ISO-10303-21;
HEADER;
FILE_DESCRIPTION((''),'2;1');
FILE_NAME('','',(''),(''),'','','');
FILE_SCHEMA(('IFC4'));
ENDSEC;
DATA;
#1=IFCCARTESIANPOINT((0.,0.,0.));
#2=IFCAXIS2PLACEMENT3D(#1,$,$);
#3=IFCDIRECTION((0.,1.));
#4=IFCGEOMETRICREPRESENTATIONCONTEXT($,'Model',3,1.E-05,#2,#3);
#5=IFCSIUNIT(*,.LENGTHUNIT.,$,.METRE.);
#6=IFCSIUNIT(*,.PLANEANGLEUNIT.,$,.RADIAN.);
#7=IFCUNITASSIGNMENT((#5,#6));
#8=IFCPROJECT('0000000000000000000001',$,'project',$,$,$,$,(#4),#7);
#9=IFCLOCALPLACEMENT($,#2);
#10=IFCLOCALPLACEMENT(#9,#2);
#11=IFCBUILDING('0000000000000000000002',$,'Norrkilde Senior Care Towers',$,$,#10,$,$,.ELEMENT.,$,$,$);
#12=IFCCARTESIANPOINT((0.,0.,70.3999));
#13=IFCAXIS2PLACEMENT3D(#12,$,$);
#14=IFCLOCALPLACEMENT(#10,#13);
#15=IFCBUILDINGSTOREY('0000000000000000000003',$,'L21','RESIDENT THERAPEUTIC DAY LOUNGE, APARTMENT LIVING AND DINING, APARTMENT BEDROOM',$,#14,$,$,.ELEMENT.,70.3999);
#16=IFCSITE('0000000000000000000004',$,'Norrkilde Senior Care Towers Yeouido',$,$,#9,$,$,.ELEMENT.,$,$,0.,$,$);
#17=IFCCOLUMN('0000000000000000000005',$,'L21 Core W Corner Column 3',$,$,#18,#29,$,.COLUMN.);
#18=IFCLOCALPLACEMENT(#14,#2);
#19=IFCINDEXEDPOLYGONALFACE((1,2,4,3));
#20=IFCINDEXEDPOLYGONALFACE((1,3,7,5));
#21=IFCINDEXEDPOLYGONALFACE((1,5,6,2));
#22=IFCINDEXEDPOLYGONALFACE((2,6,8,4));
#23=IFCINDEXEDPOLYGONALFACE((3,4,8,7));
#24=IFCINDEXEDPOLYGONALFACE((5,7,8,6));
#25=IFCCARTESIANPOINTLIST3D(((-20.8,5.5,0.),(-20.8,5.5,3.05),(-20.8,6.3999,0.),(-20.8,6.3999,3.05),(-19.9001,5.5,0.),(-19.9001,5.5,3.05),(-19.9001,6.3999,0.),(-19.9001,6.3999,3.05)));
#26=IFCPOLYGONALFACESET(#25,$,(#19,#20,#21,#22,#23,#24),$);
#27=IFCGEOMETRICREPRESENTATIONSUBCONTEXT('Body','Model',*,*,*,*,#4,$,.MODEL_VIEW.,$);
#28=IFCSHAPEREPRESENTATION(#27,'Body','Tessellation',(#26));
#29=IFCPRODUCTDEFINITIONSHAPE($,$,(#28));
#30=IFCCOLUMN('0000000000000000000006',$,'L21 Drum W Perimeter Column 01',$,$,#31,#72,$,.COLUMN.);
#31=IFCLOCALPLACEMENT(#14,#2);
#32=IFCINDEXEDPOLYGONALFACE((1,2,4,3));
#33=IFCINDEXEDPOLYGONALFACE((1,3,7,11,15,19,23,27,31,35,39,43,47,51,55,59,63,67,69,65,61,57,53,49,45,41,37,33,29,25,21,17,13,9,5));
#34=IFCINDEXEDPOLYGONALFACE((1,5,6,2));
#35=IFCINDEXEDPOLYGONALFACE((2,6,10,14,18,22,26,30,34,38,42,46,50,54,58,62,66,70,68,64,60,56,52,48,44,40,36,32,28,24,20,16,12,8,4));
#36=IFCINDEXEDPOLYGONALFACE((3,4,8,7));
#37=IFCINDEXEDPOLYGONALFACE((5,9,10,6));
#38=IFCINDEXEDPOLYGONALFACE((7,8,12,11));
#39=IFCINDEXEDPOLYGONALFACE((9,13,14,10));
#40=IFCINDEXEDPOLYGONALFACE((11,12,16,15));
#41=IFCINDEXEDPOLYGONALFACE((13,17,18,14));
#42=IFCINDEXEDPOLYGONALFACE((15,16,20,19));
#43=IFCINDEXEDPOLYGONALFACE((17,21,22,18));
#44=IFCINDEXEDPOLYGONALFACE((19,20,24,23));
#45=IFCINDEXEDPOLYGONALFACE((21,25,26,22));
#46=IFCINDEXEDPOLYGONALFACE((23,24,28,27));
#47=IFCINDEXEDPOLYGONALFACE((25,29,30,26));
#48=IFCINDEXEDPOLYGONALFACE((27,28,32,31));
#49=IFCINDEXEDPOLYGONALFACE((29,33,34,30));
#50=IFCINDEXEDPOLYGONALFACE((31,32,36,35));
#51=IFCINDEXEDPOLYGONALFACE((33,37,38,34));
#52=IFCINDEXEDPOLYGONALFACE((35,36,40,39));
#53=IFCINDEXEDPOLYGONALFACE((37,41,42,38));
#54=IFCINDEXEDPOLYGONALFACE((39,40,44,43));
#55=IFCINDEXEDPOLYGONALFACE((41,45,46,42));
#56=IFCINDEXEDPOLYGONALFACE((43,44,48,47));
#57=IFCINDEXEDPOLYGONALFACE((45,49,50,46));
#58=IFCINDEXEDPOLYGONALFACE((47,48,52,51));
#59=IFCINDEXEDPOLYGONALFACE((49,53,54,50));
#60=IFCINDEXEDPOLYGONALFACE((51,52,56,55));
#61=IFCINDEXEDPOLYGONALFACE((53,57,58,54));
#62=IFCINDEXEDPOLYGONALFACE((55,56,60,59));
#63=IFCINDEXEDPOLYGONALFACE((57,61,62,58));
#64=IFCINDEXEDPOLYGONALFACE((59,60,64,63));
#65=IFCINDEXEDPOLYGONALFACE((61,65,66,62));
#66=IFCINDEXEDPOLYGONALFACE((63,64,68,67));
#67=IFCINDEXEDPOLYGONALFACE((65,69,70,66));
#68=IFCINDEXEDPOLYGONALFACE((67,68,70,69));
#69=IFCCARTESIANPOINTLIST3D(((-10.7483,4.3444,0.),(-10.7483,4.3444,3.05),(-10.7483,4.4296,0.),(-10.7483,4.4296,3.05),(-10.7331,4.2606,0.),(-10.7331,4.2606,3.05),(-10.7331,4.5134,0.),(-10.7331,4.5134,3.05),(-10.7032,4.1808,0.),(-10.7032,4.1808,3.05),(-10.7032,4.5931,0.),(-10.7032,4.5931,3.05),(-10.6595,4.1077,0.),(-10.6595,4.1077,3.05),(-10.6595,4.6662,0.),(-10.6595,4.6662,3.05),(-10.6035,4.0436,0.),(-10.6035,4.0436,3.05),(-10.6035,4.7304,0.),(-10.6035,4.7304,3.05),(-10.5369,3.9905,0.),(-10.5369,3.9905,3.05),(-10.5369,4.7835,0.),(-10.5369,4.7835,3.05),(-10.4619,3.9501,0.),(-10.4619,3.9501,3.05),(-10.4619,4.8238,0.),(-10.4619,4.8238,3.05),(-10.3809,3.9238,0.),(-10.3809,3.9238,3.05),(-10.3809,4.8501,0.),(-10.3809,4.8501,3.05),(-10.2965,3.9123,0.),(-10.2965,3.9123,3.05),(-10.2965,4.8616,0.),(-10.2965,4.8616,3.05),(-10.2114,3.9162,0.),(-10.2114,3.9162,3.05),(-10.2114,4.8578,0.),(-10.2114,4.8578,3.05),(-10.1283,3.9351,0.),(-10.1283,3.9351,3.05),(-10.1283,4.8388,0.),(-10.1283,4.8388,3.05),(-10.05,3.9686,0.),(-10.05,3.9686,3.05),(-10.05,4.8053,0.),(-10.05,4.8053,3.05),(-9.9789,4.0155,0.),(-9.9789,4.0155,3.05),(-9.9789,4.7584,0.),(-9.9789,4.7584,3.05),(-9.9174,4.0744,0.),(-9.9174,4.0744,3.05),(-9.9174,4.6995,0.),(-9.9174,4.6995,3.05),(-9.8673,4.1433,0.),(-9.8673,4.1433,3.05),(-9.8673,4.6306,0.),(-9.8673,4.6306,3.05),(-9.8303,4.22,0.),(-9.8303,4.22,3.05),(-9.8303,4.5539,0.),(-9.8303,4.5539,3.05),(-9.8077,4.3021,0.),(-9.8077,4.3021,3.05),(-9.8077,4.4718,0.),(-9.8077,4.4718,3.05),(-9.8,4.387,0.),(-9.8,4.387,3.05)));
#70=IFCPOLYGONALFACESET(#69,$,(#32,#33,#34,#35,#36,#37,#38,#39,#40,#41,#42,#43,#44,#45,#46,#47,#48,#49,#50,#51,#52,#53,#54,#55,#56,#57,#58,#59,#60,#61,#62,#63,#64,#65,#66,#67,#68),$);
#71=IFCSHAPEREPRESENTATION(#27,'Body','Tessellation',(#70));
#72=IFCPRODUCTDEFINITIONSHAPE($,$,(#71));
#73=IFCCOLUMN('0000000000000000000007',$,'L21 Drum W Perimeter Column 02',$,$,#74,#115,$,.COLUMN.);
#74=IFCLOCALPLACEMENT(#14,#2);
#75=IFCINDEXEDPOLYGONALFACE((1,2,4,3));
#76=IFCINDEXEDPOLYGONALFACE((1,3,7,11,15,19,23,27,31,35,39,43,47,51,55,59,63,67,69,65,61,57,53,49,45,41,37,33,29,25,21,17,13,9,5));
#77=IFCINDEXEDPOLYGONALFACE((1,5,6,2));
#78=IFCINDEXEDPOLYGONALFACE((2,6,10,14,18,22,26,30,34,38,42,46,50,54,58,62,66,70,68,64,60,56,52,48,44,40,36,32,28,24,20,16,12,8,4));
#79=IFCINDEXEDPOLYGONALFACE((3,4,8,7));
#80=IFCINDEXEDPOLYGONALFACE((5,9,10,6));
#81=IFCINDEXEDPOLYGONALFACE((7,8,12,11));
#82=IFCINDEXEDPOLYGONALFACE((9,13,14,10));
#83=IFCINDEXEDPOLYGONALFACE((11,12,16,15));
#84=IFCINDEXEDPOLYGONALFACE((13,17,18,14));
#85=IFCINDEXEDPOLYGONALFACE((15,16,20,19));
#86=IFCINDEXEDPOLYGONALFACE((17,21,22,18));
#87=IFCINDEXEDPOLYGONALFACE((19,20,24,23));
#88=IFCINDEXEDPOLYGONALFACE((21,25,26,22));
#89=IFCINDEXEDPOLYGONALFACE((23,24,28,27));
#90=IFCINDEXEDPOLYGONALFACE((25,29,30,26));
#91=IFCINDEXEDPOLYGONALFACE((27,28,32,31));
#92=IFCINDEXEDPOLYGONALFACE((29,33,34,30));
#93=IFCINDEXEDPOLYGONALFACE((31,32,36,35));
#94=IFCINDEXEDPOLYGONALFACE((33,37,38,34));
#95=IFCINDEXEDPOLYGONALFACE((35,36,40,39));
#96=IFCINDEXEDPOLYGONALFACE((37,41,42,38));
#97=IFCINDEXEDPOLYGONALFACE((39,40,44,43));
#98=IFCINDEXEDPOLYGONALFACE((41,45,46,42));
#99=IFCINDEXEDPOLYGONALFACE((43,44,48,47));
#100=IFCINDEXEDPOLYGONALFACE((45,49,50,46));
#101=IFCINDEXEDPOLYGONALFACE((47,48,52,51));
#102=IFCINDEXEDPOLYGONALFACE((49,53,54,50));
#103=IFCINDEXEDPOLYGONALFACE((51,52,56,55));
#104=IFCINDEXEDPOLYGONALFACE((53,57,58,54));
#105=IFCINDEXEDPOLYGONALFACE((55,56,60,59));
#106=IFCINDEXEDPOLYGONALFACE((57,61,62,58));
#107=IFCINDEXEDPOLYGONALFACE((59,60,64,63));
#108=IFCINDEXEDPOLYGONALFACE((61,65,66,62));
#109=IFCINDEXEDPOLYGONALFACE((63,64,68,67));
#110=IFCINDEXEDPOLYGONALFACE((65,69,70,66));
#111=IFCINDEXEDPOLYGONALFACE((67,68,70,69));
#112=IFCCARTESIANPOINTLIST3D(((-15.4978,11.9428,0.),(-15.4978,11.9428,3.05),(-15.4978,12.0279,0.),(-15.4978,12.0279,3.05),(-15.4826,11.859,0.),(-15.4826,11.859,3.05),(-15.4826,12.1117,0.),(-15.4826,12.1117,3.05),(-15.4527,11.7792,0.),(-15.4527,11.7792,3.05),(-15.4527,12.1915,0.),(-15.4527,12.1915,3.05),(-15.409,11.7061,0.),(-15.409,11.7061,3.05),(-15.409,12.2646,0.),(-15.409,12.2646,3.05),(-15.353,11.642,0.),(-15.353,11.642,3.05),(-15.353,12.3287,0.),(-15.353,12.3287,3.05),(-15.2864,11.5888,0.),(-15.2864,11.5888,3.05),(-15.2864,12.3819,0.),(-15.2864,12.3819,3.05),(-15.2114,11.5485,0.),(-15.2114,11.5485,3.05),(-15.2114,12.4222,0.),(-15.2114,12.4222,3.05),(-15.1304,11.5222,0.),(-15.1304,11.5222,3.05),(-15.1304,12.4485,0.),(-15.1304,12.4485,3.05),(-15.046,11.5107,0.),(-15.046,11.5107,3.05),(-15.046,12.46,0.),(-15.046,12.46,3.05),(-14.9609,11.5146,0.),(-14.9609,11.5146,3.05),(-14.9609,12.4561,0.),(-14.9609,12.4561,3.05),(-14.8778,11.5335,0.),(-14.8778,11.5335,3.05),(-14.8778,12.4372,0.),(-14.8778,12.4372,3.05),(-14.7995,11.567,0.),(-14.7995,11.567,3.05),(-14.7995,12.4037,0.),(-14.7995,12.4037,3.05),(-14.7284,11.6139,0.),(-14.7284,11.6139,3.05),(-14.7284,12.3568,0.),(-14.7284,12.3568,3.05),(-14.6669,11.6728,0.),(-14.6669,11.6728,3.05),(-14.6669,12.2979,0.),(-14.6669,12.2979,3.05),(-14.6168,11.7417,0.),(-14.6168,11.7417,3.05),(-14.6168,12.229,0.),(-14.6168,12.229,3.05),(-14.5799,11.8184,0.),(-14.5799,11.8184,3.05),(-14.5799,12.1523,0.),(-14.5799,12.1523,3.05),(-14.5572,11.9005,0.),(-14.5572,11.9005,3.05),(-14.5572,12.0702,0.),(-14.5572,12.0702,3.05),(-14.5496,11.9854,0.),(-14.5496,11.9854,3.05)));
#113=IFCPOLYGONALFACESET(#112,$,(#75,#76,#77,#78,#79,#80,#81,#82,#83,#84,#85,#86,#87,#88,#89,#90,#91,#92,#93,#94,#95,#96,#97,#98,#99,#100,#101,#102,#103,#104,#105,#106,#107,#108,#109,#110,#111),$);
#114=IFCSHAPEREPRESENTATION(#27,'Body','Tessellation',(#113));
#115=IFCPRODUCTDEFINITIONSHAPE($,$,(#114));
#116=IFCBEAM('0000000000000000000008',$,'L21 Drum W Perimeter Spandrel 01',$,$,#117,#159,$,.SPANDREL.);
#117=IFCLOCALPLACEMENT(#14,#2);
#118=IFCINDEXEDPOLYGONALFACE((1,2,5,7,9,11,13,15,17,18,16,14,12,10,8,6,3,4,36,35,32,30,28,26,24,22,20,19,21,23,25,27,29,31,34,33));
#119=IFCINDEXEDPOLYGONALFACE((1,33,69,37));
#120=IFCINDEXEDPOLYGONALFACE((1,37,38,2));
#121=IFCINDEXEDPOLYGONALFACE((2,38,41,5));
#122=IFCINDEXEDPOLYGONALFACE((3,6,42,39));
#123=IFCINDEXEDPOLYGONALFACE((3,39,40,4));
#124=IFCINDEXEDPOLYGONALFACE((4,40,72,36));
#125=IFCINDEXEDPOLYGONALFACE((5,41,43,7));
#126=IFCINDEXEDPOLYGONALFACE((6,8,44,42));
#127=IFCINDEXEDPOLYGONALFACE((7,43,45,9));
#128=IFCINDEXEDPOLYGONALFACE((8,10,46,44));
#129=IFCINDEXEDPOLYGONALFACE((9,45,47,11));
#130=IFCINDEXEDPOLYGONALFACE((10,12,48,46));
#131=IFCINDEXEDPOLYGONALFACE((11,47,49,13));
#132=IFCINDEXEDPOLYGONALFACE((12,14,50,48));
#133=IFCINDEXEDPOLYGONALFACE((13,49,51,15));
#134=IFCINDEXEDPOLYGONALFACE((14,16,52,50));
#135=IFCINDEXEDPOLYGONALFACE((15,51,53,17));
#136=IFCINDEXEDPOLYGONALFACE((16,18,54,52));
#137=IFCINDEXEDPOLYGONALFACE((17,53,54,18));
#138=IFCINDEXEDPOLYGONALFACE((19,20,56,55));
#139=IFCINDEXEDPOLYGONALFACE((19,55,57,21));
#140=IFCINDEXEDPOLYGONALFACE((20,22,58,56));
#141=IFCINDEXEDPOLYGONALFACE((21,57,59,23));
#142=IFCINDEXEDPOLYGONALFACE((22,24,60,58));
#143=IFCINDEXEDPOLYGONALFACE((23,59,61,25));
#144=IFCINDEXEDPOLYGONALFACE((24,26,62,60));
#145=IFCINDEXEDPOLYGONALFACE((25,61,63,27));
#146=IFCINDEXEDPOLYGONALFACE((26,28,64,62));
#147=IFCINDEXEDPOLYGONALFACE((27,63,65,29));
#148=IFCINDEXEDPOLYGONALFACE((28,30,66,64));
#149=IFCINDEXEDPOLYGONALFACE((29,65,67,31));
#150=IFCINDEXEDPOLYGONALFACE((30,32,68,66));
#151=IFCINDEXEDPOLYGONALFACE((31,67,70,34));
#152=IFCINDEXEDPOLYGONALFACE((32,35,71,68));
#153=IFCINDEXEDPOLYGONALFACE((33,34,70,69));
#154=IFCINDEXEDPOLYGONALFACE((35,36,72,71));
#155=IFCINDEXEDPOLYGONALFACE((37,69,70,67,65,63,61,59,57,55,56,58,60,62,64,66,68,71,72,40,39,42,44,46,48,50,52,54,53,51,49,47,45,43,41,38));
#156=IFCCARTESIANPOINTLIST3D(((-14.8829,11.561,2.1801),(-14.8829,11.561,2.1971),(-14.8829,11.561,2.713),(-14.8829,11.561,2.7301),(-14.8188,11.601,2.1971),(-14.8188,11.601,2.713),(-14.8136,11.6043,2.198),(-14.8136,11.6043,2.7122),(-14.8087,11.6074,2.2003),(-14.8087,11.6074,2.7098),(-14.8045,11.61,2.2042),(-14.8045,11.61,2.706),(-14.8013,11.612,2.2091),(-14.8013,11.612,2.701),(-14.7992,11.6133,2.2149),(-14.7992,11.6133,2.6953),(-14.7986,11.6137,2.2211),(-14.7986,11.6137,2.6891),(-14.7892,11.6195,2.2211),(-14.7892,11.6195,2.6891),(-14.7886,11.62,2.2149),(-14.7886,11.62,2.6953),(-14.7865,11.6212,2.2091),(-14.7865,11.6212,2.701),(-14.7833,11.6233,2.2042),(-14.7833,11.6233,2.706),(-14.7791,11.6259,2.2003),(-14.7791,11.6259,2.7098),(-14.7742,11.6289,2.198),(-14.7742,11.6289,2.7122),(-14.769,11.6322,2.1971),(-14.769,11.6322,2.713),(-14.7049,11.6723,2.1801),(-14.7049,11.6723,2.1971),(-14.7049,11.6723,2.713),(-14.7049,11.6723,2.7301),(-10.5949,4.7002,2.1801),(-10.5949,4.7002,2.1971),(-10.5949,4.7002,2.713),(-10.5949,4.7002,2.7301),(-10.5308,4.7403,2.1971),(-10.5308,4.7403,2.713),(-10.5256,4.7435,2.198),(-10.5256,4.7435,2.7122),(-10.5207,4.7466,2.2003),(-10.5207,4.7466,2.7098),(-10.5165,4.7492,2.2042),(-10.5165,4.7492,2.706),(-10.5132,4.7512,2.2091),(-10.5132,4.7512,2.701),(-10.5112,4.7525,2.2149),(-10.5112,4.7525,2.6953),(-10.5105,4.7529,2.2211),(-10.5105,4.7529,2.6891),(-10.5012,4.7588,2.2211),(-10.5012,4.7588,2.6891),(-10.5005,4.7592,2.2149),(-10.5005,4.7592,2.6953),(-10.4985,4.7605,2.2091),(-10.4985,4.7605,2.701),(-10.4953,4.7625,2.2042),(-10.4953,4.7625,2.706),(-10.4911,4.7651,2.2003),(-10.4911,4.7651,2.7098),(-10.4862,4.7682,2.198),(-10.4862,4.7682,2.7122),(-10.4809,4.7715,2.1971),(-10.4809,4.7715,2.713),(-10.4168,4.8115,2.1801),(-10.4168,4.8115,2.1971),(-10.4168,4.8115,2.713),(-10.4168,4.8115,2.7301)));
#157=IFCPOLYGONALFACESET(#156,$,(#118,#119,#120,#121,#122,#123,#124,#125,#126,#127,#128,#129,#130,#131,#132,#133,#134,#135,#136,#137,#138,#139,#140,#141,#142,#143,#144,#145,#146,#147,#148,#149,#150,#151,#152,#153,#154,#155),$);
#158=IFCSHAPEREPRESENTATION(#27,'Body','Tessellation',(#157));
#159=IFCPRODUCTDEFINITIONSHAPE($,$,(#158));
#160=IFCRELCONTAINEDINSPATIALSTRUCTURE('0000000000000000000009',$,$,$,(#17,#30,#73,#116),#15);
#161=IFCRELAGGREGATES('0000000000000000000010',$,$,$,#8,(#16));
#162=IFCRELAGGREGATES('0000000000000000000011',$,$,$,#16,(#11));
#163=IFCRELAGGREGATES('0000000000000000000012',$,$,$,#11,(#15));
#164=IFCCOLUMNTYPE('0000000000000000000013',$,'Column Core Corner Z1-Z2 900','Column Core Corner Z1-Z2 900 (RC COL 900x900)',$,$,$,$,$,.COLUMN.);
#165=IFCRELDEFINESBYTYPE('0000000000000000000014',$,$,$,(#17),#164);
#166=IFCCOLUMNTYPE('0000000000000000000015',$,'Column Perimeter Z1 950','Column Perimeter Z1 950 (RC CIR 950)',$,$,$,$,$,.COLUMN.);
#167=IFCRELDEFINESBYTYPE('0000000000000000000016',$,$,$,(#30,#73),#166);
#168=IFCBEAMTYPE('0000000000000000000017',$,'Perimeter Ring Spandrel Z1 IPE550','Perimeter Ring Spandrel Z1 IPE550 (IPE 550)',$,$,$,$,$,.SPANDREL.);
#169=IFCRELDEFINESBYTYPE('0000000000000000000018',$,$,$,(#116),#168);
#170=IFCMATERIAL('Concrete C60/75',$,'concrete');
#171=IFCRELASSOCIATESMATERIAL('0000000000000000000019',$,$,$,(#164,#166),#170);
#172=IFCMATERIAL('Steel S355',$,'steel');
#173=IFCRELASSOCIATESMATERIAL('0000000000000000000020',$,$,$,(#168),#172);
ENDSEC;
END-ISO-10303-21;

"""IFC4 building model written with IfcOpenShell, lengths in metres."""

from ifc_helpers import new_model, si_unit, direction, frame, origin, origin_2d, place, context, subcontext, project, spatial, rectangle, circle, i_section, extrude, source, transform, mapped, material, material_profile, profile_set, type_object, type_shapes, element, save


model = new_model("IFC4")

# Units and contexts
model_context = context("Model", 3, precision=1e-05, world=origin(), true_north=direction((0.0, 1.0)))
body_context = subcontext(model_context, "Body", "Model", "MODEL_VIEW")
ifc_project = project(units=[si_unit("LENGTHUNIT", "METRE"), si_unit("PLANEANGLEUNIT", "RADIAN")], contexts=[model_context])

# Site, building, storey
site_placement = place(None, origin())
site = spatial("IfcSite", under=ifc_project, at=site_placement, Name="Norrkilde Senior Care Towers Yeouido", CompositionType="ELEMENT", RefElevation=0.0)
building_placement = place(site_placement, origin())
building = spatial("IfcBuilding", under=site, at=building_placement, Name="Norrkilde Senior Care Towers", CompositionType="ELEMENT")
storey_placement = place(building_placement, frame((0.0, 0.0, 70.3999)))
storey = spatial("IfcBuildingStorey", under=building, at=storey_placement, Name="L21", Description="RESIDENT THERAPEUTIC DAY LOUNGE, APARTMENT LIVING AND DINING, APARTMENT BEDROOM", CompositionType="ELEMENT", Elevation=70.3999)

# Columns
ifc_material_1 = material(Name="Concrete C60/75", Category="concrete")
ifc_material_profile_1 = material_profile(ifc_material_1, rectangle(XDim=0.8999, YDim=0.8999, at=origin_2d()), Name="RC COL 900x900")
ifc_profile_set_1 = profile_set([ifc_material_profile_1], Name="Concrete C60/75")
column_type_1 = type_object("IfcColumnType", Name="Column Core Corner Z1-Z2 900", Description="Column Core Corner Z1-Z2 900 (RC COL 900x900)", PredefinedType="COLUMN", material=ifc_profile_set_1)
shared_shape_1 = source(origin(), body_context, "Body", "SweptSolid", [
    extrude(rectangle(XDim=0.8999, YDim=0.8999, at=origin_2d()), origin(), (0.0, 0.0, 1.0), 3.05),
])
type_shapes(column_type_1, [shared_shape_1])
column_placement = place(storey_placement, frame((-20.3501, 5.95, 0.0), z_axis=(0.0, 0.0, 1.0), x_axis=(1.0, 0.0, 0.0)))
element("IfcColumn", 1, at=column_placement, inside=storey, type_object=column_type_1, Name="L21 Core W Corner Column 3", PredefinedType="COLUMN", context=body_context, shape_type="MappedRepresentation", body=[
    mapped(shared_shape_1, transform((0.0, 0.0, 0.0), x_axis=(1.0, 0.0, 0.0), y_axis=(0.0, 1.0, 0.0), z_axis=(0.0, 0.0, 1.0), scale=1.0)),
])
ifc_material_profile_2 = material_profile(ifc_material_1, circle(Radius=0.4751, at=origin_2d()), Name="RC CIR 950")
ifc_profile_set_2 = profile_set([ifc_material_profile_2], Name="Concrete C60/75")
column_type_2 = type_object("IfcColumnType", Name="Column Perimeter Z1 950", Description="Column Perimeter Z1 950 (RC CIR 950)", PredefinedType="COLUMN", material=ifc_profile_set_2)
shared_shape_2 = source(origin(), body_context, "Body", "SweptSolid", [
    extrude(circle(Radius=0.4751, at=origin_2d()), origin(), (0.0, 0.0, 1.0), 3.05),
])
type_shapes(column_type_2, [shared_shape_2])
for number, where, z_axis, x_axis, name in (
    (2, (-10.2751, 4.387, 0.0), (0.0, 0.0, 1.0), (1.0, 0.0, 0.0), "L21 Drum W Perimeter Column 01"),
    (3, (-15.0247, 11.9854, 0.0), (0.0, 0.0, 1.0), (1.0, 0.0, 0.0), "L21 Drum W Perimeter Column 02"),
):
    element("IfcColumn", number, at=place(storey_placement, frame(where, z_axis=z_axis, x_axis=x_axis)), inside=storey, type_object=column_type_2, Name=name, PredefinedType="COLUMN", context=body_context, shape_type="MappedRepresentation", body=[
        mapped(shared_shape_2, transform((0.0, 0.0, 0.0), x_axis=(1.0, 0.0, 0.0), y_axis=(0.0, 1.0, 0.0), z_axis=(0.0, 0.0, 1.0), scale=1.0)),
    ])

# Beam
ifc_material_2 = material(Name="Steel S355", Category="steel")
ifc_material_profile_3 = material_profile(ifc_material_2, i_section(OverallWidth=0.21, OverallDepth=0.55, WebThickness=0.011, FlangeThickness=0.0171, FilletRadius=0.0239, at=origin_2d()), Name="IPE 550")
ifc_profile_set_3 = profile_set([ifc_material_profile_3], Name="Steel S355")
beam_type_1 = type_object("IfcBeamType", Name="Perimeter Ring Spandrel Z1 IPE550", Description="Perimeter Ring Spandrel Z1 IPE550 (IPE 550)", PredefinedType="SPANDREL", material=ifc_profile_set_3)
shared_shape_3 = source(origin(), body_context, "Body", "SweptSolid", [
    extrude(i_section(OverallWidth=0.21, OverallDepth=0.55, WebThickness=0.011, FlangeThickness=0.0171, FilletRadius=0.0239, at=origin_2d()), origin(), (0.0, 0.0, 1.0), 8.0906),
])
beam_1_placement = place(storey_placement, frame((-10.5059, 4.7559, 2.4551), z_axis=(-0.530004, 0.847995, 0.0), x_axis=(-0.847995, -0.530004, 0.0)))
element("IfcBeam", 4, at=beam_1_placement, inside=storey, type_object=beam_type_1, Name="L21 Drum W Perimeter Spandrel 01", PredefinedType="SPANDREL", context=body_context, shape_type="MappedRepresentation", body=[
    mapped(shared_shape_3, transform((0.0, 0.0, 0.0), x_axis=(1.0, 0.0, 0.0), y_axis=(0.0, 1.0, 0.0), z_axis=(0.0, 0.0, 1.0), scale=1.0)),
])

save(model, "model.ifc")
